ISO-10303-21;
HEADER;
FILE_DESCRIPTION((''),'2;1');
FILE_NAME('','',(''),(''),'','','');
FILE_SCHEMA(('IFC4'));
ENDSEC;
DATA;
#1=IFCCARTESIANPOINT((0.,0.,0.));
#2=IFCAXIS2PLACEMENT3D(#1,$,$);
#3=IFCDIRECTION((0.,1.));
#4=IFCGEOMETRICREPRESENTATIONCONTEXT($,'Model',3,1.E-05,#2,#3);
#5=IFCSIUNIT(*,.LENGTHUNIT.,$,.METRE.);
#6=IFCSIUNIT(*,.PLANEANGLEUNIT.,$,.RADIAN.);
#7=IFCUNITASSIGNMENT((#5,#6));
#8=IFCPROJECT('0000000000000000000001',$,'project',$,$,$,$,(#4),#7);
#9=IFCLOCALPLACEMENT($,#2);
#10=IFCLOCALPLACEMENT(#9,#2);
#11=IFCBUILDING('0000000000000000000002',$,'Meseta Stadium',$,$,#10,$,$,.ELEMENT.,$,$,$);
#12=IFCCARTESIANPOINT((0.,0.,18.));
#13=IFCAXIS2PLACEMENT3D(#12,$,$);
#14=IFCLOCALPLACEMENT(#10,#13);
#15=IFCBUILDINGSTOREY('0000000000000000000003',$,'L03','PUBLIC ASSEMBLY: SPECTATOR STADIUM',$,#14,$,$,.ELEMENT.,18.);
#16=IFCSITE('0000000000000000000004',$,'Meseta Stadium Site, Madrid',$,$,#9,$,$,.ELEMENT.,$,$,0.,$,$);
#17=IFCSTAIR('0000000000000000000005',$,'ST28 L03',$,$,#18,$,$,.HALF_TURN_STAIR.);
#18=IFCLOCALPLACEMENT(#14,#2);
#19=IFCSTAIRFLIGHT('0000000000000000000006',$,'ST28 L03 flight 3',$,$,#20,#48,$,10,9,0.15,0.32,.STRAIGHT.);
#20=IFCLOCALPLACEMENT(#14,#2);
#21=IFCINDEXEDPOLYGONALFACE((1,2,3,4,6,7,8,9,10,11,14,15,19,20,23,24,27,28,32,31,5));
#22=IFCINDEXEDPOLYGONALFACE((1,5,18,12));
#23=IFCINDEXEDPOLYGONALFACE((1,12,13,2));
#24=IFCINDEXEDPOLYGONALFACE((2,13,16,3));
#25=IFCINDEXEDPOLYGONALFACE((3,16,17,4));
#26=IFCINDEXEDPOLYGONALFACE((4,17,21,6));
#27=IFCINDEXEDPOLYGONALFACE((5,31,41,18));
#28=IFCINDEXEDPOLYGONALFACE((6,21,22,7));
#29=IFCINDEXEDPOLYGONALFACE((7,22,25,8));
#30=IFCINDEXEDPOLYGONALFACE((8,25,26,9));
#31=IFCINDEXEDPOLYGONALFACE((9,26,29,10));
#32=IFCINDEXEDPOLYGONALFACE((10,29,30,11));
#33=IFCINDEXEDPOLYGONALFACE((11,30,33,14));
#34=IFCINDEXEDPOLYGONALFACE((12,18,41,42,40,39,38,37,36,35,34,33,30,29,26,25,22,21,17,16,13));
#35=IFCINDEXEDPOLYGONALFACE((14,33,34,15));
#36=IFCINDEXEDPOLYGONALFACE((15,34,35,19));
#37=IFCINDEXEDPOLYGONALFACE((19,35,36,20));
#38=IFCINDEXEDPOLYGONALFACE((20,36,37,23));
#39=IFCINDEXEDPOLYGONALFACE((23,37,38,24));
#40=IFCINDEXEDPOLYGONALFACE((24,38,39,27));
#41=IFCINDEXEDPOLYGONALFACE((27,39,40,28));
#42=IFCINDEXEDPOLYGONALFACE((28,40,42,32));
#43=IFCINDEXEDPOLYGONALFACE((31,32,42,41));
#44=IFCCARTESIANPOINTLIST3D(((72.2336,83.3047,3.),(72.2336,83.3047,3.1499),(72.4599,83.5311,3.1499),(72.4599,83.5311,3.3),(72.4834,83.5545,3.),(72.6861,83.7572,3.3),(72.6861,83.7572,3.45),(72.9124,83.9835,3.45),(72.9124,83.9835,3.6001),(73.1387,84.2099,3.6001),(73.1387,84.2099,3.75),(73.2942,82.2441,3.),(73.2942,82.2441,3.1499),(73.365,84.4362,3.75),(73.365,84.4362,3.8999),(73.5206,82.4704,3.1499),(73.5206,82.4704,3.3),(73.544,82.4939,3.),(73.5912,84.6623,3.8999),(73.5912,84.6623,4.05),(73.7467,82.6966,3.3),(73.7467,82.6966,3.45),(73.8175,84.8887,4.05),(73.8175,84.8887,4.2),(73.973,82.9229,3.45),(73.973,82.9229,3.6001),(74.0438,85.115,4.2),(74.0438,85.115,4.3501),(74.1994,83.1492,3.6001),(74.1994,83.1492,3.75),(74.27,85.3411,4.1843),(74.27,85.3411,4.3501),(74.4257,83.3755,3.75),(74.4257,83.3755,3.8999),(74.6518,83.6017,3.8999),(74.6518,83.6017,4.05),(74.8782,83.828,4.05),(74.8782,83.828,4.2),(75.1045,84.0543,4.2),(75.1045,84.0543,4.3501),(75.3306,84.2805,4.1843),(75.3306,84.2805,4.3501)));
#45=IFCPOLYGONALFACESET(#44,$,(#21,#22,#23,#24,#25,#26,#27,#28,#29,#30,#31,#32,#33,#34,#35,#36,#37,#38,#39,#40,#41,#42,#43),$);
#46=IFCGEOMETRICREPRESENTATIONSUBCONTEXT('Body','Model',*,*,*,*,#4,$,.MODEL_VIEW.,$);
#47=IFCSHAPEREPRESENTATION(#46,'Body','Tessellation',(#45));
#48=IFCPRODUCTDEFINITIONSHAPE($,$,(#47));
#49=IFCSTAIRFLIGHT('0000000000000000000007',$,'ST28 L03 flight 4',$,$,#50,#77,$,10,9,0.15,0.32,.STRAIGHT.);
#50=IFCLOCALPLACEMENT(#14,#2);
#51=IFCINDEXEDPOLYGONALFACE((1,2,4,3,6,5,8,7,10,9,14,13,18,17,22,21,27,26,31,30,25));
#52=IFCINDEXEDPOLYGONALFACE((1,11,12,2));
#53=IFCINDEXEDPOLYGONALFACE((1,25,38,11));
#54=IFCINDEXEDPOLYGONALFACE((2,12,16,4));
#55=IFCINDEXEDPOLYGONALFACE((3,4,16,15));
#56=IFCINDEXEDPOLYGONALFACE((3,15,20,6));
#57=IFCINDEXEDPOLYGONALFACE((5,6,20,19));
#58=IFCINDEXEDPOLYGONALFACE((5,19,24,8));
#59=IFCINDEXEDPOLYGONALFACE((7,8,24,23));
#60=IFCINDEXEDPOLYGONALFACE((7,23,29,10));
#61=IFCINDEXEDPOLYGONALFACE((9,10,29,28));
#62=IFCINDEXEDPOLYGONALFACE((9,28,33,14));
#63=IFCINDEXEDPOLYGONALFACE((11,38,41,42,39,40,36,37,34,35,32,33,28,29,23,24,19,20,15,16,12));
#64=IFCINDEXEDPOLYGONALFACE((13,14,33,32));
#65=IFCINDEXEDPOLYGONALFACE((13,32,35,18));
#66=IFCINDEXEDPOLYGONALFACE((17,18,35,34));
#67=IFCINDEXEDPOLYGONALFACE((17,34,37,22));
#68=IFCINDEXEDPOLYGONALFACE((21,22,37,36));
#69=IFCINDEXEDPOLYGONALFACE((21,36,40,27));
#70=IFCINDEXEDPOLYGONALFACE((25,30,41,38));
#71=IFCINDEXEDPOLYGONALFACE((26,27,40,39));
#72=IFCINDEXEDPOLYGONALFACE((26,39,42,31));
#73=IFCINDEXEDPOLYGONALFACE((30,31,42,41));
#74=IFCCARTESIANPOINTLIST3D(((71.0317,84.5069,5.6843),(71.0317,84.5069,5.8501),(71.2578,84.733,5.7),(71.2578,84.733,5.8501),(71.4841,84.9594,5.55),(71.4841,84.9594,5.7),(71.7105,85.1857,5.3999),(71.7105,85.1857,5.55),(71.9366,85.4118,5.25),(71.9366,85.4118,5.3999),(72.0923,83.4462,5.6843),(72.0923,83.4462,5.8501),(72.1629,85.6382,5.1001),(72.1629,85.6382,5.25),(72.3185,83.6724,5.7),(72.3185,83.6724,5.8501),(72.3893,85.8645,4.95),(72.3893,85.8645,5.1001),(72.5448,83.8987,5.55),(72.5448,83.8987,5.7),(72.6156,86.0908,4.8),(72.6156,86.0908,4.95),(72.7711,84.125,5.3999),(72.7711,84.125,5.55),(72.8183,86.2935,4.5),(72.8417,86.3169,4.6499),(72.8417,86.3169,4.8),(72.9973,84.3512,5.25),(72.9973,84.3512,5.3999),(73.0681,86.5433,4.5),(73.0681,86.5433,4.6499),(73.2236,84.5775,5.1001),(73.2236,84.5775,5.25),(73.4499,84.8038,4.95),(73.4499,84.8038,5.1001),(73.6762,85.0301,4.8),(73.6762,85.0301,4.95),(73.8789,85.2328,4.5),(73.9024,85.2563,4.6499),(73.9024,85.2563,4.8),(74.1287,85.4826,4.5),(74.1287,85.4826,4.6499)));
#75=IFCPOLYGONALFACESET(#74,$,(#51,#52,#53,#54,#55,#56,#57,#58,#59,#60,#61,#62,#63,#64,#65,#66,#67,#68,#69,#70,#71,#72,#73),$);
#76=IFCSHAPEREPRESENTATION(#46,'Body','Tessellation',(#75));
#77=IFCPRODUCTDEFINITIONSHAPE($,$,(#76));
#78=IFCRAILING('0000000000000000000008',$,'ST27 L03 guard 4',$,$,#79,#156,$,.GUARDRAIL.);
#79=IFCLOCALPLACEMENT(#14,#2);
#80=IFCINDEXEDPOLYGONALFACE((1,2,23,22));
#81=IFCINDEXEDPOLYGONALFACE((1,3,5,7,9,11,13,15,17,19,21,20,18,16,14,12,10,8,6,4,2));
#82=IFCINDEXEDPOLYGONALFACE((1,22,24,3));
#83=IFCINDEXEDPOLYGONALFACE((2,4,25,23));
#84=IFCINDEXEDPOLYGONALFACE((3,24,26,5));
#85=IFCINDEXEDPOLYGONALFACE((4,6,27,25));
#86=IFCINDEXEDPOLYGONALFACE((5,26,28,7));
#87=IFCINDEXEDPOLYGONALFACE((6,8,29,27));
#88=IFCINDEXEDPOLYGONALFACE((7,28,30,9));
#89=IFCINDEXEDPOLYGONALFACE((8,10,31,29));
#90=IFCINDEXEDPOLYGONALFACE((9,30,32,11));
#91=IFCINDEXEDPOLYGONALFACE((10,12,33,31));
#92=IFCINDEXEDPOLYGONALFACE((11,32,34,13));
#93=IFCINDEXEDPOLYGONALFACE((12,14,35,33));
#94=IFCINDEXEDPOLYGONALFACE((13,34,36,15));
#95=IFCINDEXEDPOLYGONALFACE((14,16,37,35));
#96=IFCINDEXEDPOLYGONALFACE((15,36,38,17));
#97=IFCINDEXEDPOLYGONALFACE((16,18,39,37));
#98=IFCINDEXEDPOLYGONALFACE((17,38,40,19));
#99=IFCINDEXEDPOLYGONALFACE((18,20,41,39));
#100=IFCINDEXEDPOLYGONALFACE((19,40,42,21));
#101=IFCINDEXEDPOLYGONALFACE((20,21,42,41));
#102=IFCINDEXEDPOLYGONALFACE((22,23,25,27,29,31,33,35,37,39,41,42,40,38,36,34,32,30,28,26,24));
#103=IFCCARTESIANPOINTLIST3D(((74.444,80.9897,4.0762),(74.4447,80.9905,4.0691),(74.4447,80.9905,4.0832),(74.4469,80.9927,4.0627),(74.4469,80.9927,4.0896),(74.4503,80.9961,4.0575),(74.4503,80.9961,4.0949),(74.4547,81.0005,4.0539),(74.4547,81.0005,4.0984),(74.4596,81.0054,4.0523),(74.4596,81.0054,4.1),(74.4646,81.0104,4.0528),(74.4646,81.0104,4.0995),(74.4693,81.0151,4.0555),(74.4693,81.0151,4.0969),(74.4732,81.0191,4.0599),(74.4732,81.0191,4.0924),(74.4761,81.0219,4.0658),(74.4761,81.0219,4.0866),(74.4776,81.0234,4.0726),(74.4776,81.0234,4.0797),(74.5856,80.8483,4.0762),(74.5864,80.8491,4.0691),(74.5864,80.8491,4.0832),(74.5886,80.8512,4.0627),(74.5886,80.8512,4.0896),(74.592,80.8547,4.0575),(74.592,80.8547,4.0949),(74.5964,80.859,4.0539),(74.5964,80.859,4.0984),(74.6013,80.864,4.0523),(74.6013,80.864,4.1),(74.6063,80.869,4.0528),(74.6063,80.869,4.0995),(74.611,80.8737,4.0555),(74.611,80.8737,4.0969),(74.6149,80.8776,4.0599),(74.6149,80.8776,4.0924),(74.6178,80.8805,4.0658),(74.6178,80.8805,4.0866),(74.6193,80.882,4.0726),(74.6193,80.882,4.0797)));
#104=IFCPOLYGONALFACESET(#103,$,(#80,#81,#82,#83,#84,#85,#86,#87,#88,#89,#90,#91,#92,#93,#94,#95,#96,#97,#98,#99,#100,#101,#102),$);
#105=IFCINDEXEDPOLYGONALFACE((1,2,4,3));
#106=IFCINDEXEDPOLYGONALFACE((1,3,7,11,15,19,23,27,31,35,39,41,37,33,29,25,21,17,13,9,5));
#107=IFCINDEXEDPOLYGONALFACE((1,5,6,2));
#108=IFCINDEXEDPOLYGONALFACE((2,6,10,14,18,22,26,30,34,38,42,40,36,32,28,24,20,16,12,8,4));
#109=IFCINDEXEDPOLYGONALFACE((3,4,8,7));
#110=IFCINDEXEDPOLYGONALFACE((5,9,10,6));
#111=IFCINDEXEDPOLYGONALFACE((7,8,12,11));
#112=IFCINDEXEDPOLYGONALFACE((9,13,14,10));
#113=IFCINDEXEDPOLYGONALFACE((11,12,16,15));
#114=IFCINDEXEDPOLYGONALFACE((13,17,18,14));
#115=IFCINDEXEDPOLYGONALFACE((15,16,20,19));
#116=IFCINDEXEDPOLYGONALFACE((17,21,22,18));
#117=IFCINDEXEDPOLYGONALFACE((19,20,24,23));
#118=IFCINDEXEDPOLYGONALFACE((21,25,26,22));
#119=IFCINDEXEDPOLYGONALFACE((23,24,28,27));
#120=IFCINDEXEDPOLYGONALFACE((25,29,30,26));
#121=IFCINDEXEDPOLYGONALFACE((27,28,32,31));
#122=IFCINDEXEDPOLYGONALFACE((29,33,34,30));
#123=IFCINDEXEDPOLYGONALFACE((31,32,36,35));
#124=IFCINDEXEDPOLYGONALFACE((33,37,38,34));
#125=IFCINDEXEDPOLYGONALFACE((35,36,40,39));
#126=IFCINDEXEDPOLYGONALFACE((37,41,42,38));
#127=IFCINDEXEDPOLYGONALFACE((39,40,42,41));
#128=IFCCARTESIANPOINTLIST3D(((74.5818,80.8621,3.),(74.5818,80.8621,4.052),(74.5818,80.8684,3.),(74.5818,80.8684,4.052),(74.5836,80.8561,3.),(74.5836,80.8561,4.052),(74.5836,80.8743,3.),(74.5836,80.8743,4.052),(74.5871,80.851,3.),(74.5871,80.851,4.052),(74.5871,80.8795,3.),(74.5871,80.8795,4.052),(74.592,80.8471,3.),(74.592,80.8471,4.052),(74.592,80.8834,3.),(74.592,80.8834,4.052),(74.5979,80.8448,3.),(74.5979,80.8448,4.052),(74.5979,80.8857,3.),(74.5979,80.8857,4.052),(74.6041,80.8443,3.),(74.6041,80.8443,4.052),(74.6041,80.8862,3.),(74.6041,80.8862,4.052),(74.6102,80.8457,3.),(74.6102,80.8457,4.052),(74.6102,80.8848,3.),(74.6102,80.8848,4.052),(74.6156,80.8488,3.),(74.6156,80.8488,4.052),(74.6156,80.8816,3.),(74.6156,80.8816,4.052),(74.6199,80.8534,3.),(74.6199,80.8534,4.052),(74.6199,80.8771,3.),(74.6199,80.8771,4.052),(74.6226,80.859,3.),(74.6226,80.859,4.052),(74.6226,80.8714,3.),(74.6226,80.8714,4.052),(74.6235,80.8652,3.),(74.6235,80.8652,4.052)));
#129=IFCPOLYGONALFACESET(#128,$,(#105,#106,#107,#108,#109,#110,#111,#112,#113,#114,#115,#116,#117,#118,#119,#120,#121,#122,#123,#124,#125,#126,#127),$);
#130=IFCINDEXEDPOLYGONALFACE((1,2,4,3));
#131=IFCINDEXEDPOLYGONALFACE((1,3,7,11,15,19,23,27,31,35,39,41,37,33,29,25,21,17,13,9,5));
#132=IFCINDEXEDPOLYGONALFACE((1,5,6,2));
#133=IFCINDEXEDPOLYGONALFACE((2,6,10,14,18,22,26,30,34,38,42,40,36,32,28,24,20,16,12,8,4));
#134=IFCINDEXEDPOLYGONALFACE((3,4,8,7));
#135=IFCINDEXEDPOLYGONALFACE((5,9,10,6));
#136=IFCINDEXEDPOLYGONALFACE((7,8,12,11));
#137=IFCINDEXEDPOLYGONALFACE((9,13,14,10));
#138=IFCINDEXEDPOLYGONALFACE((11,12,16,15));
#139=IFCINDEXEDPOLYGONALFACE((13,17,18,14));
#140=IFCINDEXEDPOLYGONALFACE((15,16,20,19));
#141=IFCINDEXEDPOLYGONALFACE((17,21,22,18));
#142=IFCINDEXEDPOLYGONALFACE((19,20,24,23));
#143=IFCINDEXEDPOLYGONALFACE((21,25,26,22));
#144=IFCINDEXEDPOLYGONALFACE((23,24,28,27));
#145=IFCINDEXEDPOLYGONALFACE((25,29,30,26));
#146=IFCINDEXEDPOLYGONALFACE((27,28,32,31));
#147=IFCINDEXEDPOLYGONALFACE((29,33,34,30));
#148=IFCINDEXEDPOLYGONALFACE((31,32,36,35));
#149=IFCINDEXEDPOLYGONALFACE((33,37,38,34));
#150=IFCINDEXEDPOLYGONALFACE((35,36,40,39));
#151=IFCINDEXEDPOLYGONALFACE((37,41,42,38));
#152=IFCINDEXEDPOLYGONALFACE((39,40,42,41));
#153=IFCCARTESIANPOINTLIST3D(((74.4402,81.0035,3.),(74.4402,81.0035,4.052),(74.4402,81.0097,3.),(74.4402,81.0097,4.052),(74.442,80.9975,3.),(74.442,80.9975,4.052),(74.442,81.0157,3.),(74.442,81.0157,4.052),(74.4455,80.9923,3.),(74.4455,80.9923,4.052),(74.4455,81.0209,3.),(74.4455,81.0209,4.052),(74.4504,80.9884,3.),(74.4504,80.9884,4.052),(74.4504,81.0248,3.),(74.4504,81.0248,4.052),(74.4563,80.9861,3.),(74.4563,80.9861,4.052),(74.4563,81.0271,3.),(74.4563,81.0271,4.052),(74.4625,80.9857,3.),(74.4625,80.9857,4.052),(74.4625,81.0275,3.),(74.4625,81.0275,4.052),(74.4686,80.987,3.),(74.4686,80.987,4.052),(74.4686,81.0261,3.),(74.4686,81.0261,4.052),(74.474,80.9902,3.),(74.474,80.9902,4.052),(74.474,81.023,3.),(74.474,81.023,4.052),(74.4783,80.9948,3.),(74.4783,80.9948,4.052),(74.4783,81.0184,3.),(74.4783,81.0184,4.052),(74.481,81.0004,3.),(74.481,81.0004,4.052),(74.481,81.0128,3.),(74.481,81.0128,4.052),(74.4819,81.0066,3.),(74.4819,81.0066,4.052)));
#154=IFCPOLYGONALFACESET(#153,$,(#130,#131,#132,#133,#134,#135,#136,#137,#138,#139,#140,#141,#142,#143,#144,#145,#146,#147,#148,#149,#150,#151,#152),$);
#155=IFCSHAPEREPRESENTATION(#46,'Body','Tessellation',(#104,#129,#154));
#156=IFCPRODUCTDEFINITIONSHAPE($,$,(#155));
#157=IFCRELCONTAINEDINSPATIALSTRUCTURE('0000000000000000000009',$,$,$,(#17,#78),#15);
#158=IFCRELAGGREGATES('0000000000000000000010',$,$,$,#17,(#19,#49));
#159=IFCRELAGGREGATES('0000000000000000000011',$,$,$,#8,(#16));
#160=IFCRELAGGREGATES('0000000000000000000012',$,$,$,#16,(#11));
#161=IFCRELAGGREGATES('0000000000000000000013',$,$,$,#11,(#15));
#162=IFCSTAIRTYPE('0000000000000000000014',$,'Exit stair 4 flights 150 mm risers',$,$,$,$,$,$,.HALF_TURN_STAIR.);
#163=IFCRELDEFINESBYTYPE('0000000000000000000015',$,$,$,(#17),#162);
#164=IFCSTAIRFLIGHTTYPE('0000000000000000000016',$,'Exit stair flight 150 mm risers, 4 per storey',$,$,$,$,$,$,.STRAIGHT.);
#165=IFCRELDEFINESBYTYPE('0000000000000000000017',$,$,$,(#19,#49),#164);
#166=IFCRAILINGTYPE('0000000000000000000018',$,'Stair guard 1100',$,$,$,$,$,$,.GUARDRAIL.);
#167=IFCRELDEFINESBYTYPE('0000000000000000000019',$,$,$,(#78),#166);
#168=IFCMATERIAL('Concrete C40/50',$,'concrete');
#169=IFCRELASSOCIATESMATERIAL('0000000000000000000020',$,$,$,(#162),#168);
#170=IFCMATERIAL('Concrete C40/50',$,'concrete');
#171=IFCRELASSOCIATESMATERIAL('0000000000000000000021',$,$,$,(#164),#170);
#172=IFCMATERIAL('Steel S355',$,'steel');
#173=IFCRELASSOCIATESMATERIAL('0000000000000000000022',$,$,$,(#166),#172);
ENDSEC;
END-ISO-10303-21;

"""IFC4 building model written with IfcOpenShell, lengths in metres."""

from ifc_helpers import new_model, si_unit, direction, frame, origin, origin_2d, place, context, subcontext, project, spatial, polyline, circle, outline, extrude, material, type_object, element, aggregate, save


model = new_model("IFC4")

# Units and contexts
model_context = context("Model", 3, precision=1e-05, world=origin(), true_north=direction((0.0, 1.0)))
body_context = subcontext(model_context, "Body", "Model", "MODEL_VIEW")
ifc_project = project(units=[si_unit("LENGTHUNIT", "METRE"), si_unit("PLANEANGLEUNIT", "RADIAN")], contexts=[model_context])

# Site, building, storey
site_placement = place(None, origin())
site = spatial("IfcSite", under=ifc_project, at=site_placement, Name="Meseta Stadium Site, Madrid", CompositionType="ELEMENT", RefElevation=0.0)
building_placement = place(site_placement, origin())
building = spatial("IfcBuilding", under=site, at=building_placement, Name="Meseta Stadium", CompositionType="ELEMENT")
storey_placement = place(building_placement, frame((0.0, 0.0, 18.0)))
storey = spatial("IfcBuildingStorey", under=building, at=storey_placement, Name="L03", Description="PUBLIC ASSEMBLY: SPECTATOR STADIUM", CompositionType="ELEMENT", Elevation=18.0)

# Stair, stair flights
ifc_material_1 = material(Name="Concrete C40/50", Category="concrete")
stair_type = type_object("IfcStairType", Name="Exit stair 4 flights 150 mm risers", PredefinedType="HALF_TURN_STAIR", material=ifc_material_1)
stair_placement = place(storey_placement, origin())
stair = element("IfcStair", 1, at=stair_placement, inside=storey, type_object=stair_type, Name="ST28 L03", PredefinedType="HALF_TURN_STAIR")
ifc_material_2 = material(Name="Concrete C40/50", Category="concrete")
stair_flight_type = type_object("IfcStairFlightType", Name="Exit stair flight 150 mm risers, 4 per storey", PredefinedType="STRAIGHT", material=ifc_material_2)
stair_flight_1_placement = place(storey_placement, frame((72.7639, 82.7744, 3.0), z_axis=(0.0, 0.0, 1.0), x_axis=(0.707107, 0.707107, 0.0)))
stair_flight_1 = element("IfcStairFlight", 2, at=stair_flight_1_placement, type_object=stair_flight_type, Name="ST28 L03 flight 3", NumberOfRisers=10, NumberOfTreads=9, PredefinedType="STRAIGHT", RiserHeight=0.15, TreadLength=0.32, context=body_context, shape_type="SweptSolid", body=[
    extrude(outline(polyline([(0.0, 0.0), (0.0, 0.1499), (0.3201, 0.1499), (0.3201, 0.3), (0.6399, 0.3), (0.6399, 0.45), (0.96, 0.45), (0.96, 0.6001), (1.28, 0.6001), (1.28, 0.75), (1.6001, 0.75), (1.6001, 0.8999), (1.9199, 0.8999), (1.9199, 1.05), (2.24, 1.05), (2.24, 1.2), (2.5601, 1.2), (2.5601, 1.3501), (2.8799, 1.3501), (2.8799, 1.1843), (0.3533, 0.0), (0.0, 0.0)])), frame((0.0, 0.75, 0.0), z_axis=(0.0, -1.0, 0.0), x_axis=(1.0, 0.0, 0.0)), (0.0, 0.0, 1.0), 1.5),
])
stair_flight_2_placement = place(storey_placement, frame((73.5984, 86.0129, 4.5), z_axis=(0.0, 0.0, 1.0), x_axis=(-0.707107, -0.707107, 0.0)))
stair_flight_2 = element("IfcStairFlight", 3, at=stair_flight_2_placement, type_object=stair_flight_type, Name="ST28 L03 flight 4", NumberOfRisers=10, NumberOfTreads=9, PredefinedType="STRAIGHT", RiserHeight=0.15, TreadLength=0.32, context=body_context, shape_type="SweptSolid", body=[
    extrude(outline(polyline([(0.0, 0.0), (0.0, 0.1499), (0.3201, 0.1499), (0.3201, 0.3), (0.6399, 0.3), (0.6399, 0.45), (0.96, 0.45), (0.96, 0.6001), (1.28, 0.6001), (1.28, 0.75), (1.6001, 0.75), (1.6001, 0.8999), (1.9199, 0.8999), (1.9199, 1.05), (2.24, 1.05), (2.24, 1.2), (2.5601, 1.2), (2.5601, 1.3501), (2.8799, 1.3501), (2.8799, 1.1843), (0.3533, 0.0), (0.0, 0.0)])), frame((0.0, 0.75, 0.0), z_axis=(0.0, -1.0, 0.0), x_axis=(1.0, 0.0, 0.0)), (0.0, 0.0, 1.0), 1.5),
])
aggregate(stair, [stair_flight_1, stair_flight_2])

# Railing
ifc_material_3 = material(Name="Steel S355", Category="steel")
railing_type_1 = type_object("IfcRailingType", Name="Stair guard 1100", PredefinedType="GUARDRAIL", material=ifc_material_3)
for number, where, name in (
    (4, (74.6025, 80.8652, 3.0), "ST27 L03 guard 4"),
):
    element("IfcRailing", number, at=place(storey_placement, frame(where)), inside=storey, type_object=railing_type_1, Name=name, PredefinedType="GUARDRAIL", context=body_context, shape_type="SweptSolid", body=[
        extrude(circle(Radius=0.0239, at=origin_2d()), frame((0.0, 0.0, 1.0762), z_axis=(-0.707717, 0.706496, 0.0), x_axis=(-0.706496, -0.707717, 0.0)), (0.0, 0.0, 1.0), 0.2002),
        extrude(circle(Radius=0.021, at=origin_2d()), origin(), (0.0, 0.0, 1.0), 1.052),
        extrude(circle(Radius=0.021, at=origin_2d()), frame((-0.1416, 0.1414, 0.0)), (0.0, 0.0, 1.0), 1.052),
    ])

save(model, "model.ifc")
